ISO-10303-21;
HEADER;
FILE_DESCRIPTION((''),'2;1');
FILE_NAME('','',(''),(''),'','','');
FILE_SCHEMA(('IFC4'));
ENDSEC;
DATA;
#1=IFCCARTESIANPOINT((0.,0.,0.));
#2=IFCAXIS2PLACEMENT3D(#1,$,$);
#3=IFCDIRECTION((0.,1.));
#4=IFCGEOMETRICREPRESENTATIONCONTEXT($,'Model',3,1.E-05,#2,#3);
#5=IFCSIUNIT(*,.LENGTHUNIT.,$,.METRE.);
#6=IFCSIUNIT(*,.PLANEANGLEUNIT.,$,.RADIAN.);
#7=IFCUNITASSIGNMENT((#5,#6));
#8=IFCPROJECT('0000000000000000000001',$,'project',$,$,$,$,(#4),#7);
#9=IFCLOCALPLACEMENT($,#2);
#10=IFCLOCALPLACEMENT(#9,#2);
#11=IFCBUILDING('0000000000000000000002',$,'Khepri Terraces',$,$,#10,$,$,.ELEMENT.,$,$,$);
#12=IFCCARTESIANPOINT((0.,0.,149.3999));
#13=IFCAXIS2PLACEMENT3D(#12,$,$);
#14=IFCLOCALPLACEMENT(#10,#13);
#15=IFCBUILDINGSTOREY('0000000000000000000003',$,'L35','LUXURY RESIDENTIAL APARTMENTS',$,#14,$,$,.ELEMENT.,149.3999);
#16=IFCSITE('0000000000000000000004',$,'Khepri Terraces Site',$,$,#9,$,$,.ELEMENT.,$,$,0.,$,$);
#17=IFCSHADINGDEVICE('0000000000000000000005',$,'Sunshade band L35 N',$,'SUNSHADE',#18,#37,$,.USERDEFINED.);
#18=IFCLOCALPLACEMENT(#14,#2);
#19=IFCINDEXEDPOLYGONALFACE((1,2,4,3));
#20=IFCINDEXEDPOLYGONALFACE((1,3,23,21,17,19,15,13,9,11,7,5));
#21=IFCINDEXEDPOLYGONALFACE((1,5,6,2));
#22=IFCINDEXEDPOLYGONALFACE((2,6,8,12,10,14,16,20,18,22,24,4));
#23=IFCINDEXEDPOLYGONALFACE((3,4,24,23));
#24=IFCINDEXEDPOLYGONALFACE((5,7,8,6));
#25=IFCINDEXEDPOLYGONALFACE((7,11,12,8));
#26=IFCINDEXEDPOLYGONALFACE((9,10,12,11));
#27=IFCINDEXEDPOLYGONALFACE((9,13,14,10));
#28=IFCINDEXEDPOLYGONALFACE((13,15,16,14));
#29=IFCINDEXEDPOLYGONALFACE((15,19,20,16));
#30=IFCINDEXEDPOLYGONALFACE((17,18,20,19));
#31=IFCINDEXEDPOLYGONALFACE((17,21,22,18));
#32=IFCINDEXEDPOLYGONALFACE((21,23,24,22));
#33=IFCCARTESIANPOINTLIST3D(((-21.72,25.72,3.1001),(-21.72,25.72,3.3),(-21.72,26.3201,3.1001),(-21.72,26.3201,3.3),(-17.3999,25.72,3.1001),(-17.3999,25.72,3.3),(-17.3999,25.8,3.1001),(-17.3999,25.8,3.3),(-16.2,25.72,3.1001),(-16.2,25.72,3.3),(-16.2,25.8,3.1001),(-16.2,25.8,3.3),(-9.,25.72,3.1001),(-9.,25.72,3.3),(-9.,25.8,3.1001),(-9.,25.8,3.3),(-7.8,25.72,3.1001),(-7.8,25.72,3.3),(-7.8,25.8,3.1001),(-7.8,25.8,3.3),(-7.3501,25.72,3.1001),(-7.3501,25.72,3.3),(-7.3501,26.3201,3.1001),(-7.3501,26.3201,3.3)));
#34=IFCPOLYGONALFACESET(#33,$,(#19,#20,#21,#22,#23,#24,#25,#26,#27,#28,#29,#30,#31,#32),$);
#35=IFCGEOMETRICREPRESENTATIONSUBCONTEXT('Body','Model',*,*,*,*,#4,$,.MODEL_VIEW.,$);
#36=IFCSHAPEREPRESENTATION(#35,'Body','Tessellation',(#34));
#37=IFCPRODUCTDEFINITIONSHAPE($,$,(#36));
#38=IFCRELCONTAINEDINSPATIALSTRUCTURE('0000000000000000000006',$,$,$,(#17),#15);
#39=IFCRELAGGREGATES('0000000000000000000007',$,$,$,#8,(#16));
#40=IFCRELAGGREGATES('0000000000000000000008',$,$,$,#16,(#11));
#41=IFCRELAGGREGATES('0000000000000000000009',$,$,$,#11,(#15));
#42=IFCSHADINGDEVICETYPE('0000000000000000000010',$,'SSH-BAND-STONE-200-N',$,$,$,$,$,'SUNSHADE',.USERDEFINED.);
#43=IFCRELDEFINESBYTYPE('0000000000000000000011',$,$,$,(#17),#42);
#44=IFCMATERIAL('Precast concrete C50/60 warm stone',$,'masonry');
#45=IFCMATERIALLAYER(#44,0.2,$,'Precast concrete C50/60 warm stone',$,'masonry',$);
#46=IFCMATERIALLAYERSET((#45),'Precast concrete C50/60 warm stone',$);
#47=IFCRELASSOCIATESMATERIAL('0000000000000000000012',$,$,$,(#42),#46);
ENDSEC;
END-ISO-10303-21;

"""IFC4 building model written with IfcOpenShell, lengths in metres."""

from ifc_helpers import new_model, si_unit, direction, frame, origin, place, context, subcontext, project, spatial, polyline, outline, extrude, material, layer, layer_set, type_object, element, save


model = new_model("IFC4")

# Units and contexts
model_context = context("Model", 3, precision=1e-05, world=origin(), true_north=direction((0.0, 1.0)))
body_context = subcontext(model_context, "Body", "Model", "MODEL_VIEW")
ifc_project = project(units=[si_unit("LENGTHUNIT", "METRE"), si_unit("PLANEANGLEUNIT", "RADIAN")], contexts=[model_context])

# Site, building, storey
site_placement = place(None, origin())
site = spatial("IfcSite", under=ifc_project, at=site_placement, Name="Khepri Terraces Site", CompositionType="ELEMENT", RefElevation=0.0)
building_placement = place(site_placement, origin())
building = spatial("IfcBuilding", under=site, at=building_placement, Name="Khepri Terraces", CompositionType="ELEMENT")
storey_placement = place(building_placement, frame((0.0, 0.0, 149.3999)))
storey = spatial("IfcBuildingStorey", under=building, at=storey_placement, Name="L35", Description="LUXURY RESIDENTIAL APARTMENTS", CompositionType="ELEMENT", Elevation=149.3999)

# Shading device
ifc_material_1 = material(Name="Precast concrete C50/60 warm stone", Category="masonry")
ifc_layer_1 = layer(ifc_material_1, 0.2, Name="Precast concrete C50/60 warm stone", Category="masonry")
ifc_layer_set_1 = layer_set([ifc_layer_1], Name="Precast concrete C50/60 warm stone")
shading_device_type_1 = type_object("IfcShadingDeviceType", Name="SSH-BAND-STONE-200-N", ElementType="SUNSHADE", PredefinedType="USERDEFINED", material=ifc_layer_set_1)
shading_device_1_placement = place(storey_placement, frame((0.0, 0.0, 3.1001)))
element("IfcShadingDevice", 1, at=shading_device_1_placement, inside=storey, type_object=shading_device_type_1, Name="Sunshade band L35 N", ObjectType="SUNSHADE", PredefinedType="USERDEFINED", context=body_context, shape_type="SweptSolid", body=[
    extrude(outline(polyline([(-7.8, 25.72), (-7.3501, 25.72), (-7.3501, 26.3201), (-21.72, 26.3201), (-21.72, 25.72), (-17.3999, 25.72), (-17.3999, 25.8), (-16.2, 25.8), (-16.2, 25.72), (-9.0, 25.72), (-9.0, 25.8), (-7.8, 25.8), (-7.8, 25.72)])), origin(), (0.0, 0.0, 1.0), 0.2),
])

save(model, "model.ifc")
